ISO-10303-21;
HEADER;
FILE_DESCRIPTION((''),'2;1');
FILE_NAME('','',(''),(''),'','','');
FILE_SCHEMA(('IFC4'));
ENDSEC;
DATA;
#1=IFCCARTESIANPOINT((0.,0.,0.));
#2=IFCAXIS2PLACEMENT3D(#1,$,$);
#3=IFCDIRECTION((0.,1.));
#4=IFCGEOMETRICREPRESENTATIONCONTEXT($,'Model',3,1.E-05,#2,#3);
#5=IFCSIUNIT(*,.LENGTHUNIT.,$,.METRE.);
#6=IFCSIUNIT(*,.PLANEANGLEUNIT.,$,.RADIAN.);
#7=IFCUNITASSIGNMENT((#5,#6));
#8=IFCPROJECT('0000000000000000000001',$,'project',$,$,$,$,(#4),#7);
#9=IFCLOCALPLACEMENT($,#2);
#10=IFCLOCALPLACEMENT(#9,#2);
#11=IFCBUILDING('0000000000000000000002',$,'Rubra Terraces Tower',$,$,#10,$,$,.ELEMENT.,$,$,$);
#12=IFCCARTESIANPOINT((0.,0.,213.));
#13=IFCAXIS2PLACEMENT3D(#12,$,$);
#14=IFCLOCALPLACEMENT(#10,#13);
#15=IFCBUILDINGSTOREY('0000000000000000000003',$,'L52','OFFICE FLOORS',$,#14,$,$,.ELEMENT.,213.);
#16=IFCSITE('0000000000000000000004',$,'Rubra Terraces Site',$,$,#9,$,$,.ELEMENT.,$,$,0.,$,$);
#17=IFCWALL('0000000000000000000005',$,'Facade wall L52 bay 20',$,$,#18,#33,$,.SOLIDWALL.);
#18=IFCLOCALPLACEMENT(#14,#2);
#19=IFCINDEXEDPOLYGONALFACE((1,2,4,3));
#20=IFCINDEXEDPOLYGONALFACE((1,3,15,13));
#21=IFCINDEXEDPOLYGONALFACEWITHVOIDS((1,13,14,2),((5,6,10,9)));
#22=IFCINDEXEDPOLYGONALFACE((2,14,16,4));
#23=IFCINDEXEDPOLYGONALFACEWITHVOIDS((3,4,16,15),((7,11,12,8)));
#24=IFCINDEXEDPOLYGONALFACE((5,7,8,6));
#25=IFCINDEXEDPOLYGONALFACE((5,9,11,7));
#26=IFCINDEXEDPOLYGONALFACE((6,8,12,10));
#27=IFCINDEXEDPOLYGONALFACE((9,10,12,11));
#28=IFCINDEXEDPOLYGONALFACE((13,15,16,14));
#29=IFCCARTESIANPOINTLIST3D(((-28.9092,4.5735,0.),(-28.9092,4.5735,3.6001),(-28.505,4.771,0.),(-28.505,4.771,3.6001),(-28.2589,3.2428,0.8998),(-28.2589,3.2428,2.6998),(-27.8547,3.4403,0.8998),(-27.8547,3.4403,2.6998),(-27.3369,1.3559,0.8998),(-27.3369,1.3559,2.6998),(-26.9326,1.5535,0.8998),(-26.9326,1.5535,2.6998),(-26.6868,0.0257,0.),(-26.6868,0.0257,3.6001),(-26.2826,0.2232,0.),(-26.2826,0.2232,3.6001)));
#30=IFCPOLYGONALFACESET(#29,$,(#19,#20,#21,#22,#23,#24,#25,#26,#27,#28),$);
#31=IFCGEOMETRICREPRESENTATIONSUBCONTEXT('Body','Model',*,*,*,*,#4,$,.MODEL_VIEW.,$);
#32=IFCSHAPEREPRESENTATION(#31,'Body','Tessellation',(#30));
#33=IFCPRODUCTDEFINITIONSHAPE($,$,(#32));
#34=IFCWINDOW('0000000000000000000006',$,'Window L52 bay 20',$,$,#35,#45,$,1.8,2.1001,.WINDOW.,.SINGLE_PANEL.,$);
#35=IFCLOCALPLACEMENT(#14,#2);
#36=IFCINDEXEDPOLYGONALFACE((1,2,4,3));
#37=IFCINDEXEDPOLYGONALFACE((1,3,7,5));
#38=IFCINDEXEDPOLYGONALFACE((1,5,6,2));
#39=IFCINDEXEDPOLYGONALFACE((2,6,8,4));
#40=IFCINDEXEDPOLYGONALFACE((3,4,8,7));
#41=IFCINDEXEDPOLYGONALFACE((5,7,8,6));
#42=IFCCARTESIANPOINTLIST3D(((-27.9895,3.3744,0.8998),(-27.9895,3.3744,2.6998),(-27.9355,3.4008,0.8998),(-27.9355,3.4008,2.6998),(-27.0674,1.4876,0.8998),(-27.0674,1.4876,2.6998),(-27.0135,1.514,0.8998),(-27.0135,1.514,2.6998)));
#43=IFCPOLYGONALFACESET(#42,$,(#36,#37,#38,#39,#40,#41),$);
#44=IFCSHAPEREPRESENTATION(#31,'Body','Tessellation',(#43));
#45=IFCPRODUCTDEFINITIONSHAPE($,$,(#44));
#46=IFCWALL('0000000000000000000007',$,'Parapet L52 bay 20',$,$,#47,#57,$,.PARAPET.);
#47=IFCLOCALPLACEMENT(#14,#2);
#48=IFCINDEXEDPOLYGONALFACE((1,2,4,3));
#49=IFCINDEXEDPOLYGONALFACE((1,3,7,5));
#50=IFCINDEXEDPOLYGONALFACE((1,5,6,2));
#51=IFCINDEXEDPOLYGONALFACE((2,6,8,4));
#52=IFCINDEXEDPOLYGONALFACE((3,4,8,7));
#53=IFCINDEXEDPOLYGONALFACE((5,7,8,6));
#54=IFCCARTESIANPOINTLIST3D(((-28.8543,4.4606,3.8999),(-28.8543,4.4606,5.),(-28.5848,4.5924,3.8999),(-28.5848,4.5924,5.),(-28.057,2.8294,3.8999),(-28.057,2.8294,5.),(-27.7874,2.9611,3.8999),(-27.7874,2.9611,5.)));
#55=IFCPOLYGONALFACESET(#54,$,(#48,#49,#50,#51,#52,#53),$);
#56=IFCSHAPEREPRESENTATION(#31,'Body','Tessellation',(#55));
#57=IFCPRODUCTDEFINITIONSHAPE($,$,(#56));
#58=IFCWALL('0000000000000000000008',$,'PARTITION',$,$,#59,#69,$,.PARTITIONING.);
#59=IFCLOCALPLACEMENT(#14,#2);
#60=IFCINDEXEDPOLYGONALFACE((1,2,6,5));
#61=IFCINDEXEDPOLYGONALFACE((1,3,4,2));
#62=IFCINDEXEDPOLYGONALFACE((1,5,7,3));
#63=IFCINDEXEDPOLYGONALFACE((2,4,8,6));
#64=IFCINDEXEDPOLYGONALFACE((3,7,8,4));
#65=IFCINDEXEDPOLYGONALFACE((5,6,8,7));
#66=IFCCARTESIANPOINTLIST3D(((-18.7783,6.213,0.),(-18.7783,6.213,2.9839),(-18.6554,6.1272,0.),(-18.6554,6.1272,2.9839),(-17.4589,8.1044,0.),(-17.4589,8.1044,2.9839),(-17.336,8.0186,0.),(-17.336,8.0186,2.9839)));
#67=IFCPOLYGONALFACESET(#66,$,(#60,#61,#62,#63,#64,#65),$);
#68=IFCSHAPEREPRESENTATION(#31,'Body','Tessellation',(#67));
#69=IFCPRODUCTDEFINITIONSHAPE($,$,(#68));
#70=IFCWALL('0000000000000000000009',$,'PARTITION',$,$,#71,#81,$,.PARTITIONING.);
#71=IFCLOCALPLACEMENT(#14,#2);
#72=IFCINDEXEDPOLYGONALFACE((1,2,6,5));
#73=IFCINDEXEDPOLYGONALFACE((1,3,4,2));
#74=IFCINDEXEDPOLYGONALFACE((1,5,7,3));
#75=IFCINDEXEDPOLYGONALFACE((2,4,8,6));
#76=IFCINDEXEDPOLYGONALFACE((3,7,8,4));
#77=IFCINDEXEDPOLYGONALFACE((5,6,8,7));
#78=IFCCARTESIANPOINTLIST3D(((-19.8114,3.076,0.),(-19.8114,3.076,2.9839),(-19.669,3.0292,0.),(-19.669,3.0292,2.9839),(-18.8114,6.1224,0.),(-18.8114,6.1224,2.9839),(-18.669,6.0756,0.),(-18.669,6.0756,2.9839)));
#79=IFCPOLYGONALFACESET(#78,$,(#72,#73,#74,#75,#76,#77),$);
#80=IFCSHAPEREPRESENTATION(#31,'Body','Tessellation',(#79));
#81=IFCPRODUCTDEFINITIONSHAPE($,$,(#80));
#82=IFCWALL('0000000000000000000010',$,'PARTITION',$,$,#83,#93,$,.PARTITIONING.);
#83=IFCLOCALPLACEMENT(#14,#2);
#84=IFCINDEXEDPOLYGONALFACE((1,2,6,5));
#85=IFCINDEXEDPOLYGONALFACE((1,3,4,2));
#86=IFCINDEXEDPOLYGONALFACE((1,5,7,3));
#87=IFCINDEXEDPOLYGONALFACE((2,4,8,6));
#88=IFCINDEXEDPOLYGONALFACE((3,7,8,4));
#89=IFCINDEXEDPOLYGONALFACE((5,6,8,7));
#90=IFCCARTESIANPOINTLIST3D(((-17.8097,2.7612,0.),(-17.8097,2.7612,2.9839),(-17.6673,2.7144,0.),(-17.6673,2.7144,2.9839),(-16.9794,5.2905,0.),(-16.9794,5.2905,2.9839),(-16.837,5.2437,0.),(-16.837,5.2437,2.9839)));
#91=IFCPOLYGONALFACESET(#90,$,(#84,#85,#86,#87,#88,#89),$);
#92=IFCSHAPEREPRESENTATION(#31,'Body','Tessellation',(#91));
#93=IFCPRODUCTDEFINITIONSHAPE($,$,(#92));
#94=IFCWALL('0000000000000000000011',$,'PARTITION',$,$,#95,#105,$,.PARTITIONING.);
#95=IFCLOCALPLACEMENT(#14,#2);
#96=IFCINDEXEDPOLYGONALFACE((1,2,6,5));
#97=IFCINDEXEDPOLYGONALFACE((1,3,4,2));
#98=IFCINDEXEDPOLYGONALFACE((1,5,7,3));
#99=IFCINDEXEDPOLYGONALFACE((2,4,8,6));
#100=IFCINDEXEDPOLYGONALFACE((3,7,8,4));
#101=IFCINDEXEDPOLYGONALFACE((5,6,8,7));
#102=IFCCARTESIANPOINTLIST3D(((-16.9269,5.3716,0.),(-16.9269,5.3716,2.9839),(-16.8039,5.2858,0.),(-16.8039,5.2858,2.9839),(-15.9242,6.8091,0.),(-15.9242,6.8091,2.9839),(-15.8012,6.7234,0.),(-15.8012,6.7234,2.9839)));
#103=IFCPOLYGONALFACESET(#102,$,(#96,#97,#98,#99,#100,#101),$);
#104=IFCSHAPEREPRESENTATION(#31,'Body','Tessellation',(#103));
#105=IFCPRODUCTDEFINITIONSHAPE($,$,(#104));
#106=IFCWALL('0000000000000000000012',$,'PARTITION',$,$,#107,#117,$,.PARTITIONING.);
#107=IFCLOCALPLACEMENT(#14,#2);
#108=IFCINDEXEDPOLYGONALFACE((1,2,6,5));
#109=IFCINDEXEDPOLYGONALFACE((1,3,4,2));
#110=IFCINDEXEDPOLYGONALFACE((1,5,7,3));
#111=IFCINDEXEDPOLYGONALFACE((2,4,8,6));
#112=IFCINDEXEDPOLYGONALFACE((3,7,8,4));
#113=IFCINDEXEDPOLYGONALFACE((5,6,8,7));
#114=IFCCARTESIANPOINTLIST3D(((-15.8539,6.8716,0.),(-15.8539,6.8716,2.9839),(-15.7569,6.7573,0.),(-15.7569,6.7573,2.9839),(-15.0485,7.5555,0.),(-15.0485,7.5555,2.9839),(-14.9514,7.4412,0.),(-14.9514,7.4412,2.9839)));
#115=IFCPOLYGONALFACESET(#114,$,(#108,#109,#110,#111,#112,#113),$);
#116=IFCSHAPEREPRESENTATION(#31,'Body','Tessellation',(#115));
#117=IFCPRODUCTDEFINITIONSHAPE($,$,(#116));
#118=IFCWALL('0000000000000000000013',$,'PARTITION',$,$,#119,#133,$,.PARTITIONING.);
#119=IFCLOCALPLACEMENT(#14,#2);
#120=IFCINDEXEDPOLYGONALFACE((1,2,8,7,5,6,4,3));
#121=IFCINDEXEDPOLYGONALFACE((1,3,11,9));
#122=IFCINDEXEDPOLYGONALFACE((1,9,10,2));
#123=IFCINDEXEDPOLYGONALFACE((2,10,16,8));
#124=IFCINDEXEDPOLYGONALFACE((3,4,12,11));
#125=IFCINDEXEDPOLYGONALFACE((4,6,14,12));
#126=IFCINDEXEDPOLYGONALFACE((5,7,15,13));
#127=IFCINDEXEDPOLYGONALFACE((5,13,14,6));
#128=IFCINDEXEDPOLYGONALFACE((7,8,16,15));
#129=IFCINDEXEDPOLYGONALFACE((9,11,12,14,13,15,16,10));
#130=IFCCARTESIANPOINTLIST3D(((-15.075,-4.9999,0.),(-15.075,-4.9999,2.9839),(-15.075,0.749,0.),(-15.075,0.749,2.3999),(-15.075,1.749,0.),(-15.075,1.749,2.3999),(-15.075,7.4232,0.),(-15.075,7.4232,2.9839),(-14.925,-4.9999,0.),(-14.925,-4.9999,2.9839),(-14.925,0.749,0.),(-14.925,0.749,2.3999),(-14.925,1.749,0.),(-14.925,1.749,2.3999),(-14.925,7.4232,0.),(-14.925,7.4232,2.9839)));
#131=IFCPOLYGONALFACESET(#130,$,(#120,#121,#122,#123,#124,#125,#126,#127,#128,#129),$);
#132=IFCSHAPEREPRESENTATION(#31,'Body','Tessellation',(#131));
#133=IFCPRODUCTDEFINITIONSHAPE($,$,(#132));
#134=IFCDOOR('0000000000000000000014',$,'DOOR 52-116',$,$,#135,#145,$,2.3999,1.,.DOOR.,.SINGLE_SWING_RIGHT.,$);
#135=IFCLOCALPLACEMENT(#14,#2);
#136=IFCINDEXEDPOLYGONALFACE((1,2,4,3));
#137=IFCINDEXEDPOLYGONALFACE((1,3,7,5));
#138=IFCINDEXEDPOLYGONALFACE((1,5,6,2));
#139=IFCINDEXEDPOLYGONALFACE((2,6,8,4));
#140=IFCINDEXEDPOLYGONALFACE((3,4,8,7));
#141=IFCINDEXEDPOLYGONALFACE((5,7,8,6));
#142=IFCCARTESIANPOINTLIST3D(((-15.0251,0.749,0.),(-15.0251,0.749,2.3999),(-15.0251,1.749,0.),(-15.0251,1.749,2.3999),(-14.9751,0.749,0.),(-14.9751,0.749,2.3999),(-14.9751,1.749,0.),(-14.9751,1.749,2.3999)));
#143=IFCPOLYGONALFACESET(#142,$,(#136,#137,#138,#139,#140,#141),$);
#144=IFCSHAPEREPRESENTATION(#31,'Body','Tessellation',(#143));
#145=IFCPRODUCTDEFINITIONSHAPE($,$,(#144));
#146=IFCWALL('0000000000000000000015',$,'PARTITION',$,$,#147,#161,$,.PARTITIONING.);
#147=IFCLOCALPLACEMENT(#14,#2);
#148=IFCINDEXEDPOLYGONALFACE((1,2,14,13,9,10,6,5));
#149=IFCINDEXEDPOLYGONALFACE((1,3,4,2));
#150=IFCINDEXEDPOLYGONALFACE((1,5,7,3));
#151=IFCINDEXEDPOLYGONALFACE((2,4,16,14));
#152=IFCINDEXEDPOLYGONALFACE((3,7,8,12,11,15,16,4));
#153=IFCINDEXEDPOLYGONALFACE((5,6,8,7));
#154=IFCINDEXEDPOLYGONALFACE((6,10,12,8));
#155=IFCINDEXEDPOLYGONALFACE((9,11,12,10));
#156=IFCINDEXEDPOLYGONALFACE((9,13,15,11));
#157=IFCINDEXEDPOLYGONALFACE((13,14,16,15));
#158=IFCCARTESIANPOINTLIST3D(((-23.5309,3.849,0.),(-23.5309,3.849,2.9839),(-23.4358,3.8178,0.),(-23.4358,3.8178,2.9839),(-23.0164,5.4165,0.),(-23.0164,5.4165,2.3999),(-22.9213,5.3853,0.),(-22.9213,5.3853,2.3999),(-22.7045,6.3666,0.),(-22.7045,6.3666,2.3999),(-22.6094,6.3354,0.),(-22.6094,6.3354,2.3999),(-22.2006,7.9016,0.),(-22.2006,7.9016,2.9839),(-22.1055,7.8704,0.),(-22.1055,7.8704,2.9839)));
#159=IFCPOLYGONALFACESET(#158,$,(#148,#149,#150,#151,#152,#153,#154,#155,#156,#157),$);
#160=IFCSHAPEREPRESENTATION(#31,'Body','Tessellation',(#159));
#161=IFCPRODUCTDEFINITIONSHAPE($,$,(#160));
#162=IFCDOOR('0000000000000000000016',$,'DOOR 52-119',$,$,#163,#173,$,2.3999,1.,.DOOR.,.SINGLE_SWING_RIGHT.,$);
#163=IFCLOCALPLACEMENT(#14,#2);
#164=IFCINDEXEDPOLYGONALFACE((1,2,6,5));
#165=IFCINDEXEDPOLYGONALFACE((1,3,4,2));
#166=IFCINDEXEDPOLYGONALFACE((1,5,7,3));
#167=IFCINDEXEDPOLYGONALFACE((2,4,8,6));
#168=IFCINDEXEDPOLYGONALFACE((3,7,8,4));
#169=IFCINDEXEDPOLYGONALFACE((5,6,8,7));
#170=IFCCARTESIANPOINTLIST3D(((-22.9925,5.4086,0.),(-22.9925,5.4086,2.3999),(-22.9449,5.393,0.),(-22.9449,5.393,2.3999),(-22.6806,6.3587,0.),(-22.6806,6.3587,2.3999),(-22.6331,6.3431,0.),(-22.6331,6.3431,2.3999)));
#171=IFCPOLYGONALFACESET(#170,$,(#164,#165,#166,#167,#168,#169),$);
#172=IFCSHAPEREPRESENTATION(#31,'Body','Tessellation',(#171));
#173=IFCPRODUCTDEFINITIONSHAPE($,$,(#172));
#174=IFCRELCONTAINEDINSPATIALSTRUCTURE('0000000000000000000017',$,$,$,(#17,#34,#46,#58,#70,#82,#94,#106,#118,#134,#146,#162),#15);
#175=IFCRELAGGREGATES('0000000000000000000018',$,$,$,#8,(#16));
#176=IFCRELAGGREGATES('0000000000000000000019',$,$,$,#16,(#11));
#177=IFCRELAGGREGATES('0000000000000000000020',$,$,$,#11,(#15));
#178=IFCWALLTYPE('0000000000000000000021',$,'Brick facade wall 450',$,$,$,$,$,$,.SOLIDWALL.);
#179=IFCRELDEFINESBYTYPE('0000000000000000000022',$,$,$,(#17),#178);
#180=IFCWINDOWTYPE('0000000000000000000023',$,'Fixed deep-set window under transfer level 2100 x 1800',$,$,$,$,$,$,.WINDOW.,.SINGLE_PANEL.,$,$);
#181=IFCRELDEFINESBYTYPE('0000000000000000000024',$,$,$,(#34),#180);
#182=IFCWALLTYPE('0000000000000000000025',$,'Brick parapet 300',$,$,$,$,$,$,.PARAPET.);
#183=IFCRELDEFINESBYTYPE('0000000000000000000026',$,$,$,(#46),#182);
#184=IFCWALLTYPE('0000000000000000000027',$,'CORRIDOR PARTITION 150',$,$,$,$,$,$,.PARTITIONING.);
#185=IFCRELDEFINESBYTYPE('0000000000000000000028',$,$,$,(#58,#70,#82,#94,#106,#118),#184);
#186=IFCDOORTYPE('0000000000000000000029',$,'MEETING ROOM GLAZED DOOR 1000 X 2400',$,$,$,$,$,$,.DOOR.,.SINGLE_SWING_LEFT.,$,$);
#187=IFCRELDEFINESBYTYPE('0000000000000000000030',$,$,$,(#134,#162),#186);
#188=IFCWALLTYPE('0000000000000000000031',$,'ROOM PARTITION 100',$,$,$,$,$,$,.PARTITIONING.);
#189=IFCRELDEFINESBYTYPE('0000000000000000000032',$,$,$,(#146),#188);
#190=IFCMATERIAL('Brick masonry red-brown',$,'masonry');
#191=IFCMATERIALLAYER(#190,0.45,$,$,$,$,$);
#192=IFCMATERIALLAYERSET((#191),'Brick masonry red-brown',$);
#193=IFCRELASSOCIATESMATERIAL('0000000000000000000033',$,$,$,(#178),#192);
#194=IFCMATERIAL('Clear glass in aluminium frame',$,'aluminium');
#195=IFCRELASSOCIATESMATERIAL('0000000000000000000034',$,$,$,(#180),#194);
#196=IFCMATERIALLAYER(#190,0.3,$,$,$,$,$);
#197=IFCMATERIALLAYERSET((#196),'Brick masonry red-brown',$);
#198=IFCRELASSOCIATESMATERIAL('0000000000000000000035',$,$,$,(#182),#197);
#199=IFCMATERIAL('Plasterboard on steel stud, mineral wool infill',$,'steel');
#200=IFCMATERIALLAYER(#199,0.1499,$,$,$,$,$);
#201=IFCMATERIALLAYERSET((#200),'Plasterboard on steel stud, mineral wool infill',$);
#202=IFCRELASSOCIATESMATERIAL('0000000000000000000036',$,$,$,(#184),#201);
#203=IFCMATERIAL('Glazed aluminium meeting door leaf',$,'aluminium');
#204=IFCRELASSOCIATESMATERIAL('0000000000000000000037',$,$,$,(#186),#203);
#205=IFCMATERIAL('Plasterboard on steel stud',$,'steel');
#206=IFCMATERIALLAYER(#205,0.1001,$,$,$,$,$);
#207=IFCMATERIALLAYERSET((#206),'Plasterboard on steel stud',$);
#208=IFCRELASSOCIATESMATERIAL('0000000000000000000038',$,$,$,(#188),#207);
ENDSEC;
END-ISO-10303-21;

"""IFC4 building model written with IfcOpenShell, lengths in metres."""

from ifc_helpers import new_model, si_unit, direction, frame, frame_2d, origin, place, context, subcontext, project, spatial, rectangle, extrude, material, layer, layer_set, type_object, element, fill, save


model = new_model("IFC4")

# Units and contexts
model_context = context("Model", 3, precision=1e-05, world=origin(), true_north=direction((0.0, 1.0)))
body_context = subcontext(model_context, "Body", "Model", "MODEL_VIEW")
ifc_project = project(units=[si_unit("LENGTHUNIT", "METRE"), si_unit("PLANEANGLEUNIT", "RADIAN")], contexts=[model_context])

# Site, building, storey
site_placement = place(None, origin())
site = spatial("IfcSite", under=ifc_project, at=site_placement, Name="Rubra Terraces Site", CompositionType="ELEMENT", RefElevation=0.0)
building_placement = place(site_placement, origin())
building = spatial("IfcBuilding", under=site, at=building_placement, Name="Rubra Terraces Tower", CompositionType="ELEMENT")
storey_placement = place(building_placement, frame((0.0, 0.0, 213.0)))
storey = spatial("IfcBuildingStorey", under=building, at=storey_placement, Name="L52", Description="OFFICE FLOORS", CompositionType="ELEMENT", Elevation=213.0)

# Wall, opening, window
ifc_material_1 = material(Name="Brick masonry red-brown", Category="masonry")
ifc_layer_1 = layer(ifc_material_1, 0.45)
ifc_layer_set_1 = layer_set([ifc_layer_1], Name="Brick masonry red-brown")
wall_type_1 = type_object("IfcWallType", Name="Brick facade wall 450", PredefinedType="SOLIDWALL", material=ifc_layer_set_1)
wall_1_placement = place(storey_placement, frame((-28.707, 4.6721, 0.0), z_axis=(0.0, 0.0, 1.0), x_axis=(0.439054, -0.898461, 0.0)))
wall_1 = element("IfcWall", 1, at=wall_1_placement, inside=storey, type_object=wall_type_1, Name="Facade wall L52 bay 20", PredefinedType="SOLIDWALL", context=body_context, shape_type="SweptSolid", body=[
    extrude(rectangle(XDim=5.0618, YDim=0.45, at=frame_2d((2.5308, 0.0))), origin(), (0.0, 0.0, 1.0), 3.6001),
])
opening_1_placement = place(wall_1_placement, frame((1.481, 0.0, 0.8999)))
opening_1 = element("IfcOpeningElement", 2, at=opening_1_placement, cuts=wall_1, PredefinedType="OPENING", context=body_context, shape_type="SweptSolid", body=[
    extrude(rectangle(XDim=2.1001, YDim=1.8, at=frame_2d((1.05, 0.8999))), frame((0.0, 0.2349, 0.0), z_axis=(0.0, -1.0, 0.0), x_axis=(1.0, 0.0, 0.0)), (0.0, 0.0, 1.0), 0.47),
])
ifc_material_2 = material(Name="Clear glass in aluminium frame", Category="aluminium")
window_type = type_object("IfcWindowType", Name="Fixed deep-set window under transfer level 2100 x 1800", PartitioningType="SINGLE_PANEL", PredefinedType="WINDOW", material=ifc_material_2)
window_placement = place(opening_1_placement, origin())
window = element("IfcWindow", 3, at=window_placement, inside=storey, type_object=window_type, Name="Window L52 bay 20", OverallHeight=1.8, OverallWidth=2.1001, PartitioningType="SINGLE_PANEL", PredefinedType="WINDOW", context=body_context, shape_type="SweptSolid", body=[
    extrude(rectangle(XDim=2.1001, YDim=1.8, at=frame_2d((1.05, 0.8999))), frame((0.0, 0.135, 0.0), z_axis=(0.0, -1.0, 0.0), x_axis=(1.0, 0.0, 0.0)), (0.0, 0.0, 1.0), 0.0601),
])
fill(opening_1, window)

# Walls
ifc_layer_2 = layer(ifc_material_1, 0.3)
ifc_layer_set_2 = layer_set([ifc_layer_2], Name="Brick masonry red-brown")
wall_type_2 = type_object("IfcWallType", Name="Brick parapet 300", PredefinedType="PARAPET", material=ifc_layer_set_2)
wall_2_placement = place(storey_placement, frame((-28.7195, 4.5264, 3.8999), z_axis=(0.0, 0.0, 1.0), x_axis=(0.439128, -0.898424, 0.0)))
element("IfcWall", 4, at=wall_2_placement, inside=storey, type_object=wall_type_2, Name="Parapet L52 bay 20", PredefinedType="PARAPET", context=body_context, shape_type="SweptSolid", body=[
    extrude(rectangle(XDim=1.8157, YDim=0.3, at=frame_2d((0.9077, 0.0))), origin(), (0.0, 0.0, 1.0), 1.1001),
])
ifc_material_3 = material(Name="Plasterboard on steel stud, mineral wool infill", Category="steel")
ifc_layer_3 = layer(ifc_material_3, 0.1499)
ifc_layer_set_3 = layer_set([ifc_layer_3], Name="Plasterboard on steel stud, mineral wool infill")
wall_type_3 = type_object("IfcWallType", Name="CORRIDOR PARTITION 150", PredefinedType="PARTITIONING", material=ifc_layer_set_3)
wall_3_placement = place(storey_placement, frame((-17.3975, 8.0615, 0.0), z_axis=(0.0, 0.0, 1.0), x_axis=(-0.572119, -0.820171, 0.0)))
element("IfcWall", 5, at=wall_3_placement, inside=storey, type_object=wall_type_3, Name="PARTITION", PredefinedType="PARTITIONING", context=body_context, shape_type="SweptSolid", body=[
    extrude(rectangle(XDim=2.3062, YDim=0.1499, at=frame_2d((1.1531, 0.0))), origin(), (0.0, 0.0, 1.0), 2.9839),
])
wall_4_placement = place(storey_placement, frame((-18.7402, 6.0989, 0.0), z_axis=(0.0, 0.0, 1.0), x_axis=(-0.311884, -0.95012, 0.0)))
element("IfcWall", 6, at=wall_4_placement, inside=storey, type_object=wall_type_3, Name="PARTITION", PredefinedType="PARTITIONING", context=body_context, shape_type="SweptSolid", body=[
    extrude(rectangle(XDim=3.2063, YDim=0.1499, at=frame_2d((1.603, 0.0))), origin(), (0.0, 0.0, 1.0), 2.9839),
])

# Shared definitions
ifc_material_4 = material(Name="Glazed aluminium meeting door leaf", Category="aluminium")
door_type = type_object("IfcDoorType", Name="MEETING ROOM GLAZED DOOR 1000 X 2400", OperationType="SINGLE_SWING_LEFT", PredefinedType="DOOR", material=ifc_material_4)

# Walls
wall_5_placement = place(storey_placement, frame((-17.7385, 2.7378, 0.0), z_axis=(0.0, 0.0, 1.0), x_axis=(0.311905, 0.950113, 0.0)))
element("IfcWall", 7, at=wall_5_placement, inside=storey, type_object=wall_type_3, Name="PARTITION", PredefinedType="PARTITIONING", context=body_context, shape_type="SweptSolid", body=[
    extrude(rectangle(XDim=2.6621, YDim=0.1499, at=frame_2d((1.3311, 0.0))), origin(), (0.0, 0.0, 1.0), 2.9839),
])
wall_6_placement = place(storey_placement, frame((-16.8655, 5.3286, 0.0), z_axis=(0.0, 0.0, 1.0), x_axis=(0.572097, 0.820186, 0.0)))
element("IfcWall", 8, at=wall_6_placement, inside=storey, type_object=wall_type_3, Name="PARTITION", PredefinedType="PARTITIONING", context=body_context, shape_type="SweptSolid", body=[
    extrude(rectangle(XDim=1.7527, YDim=0.1499, at=frame_2d((0.8765, 0.0))), origin(), (0.0, 0.0, 1.0), 2.9839),
])
wall_7_placement = place(storey_placement, frame((-15.8054, 6.8145, 0.0), z_axis=(0.0, 0.0, 1.0), x_axis=(0.762298, 0.647226, 0.0)))
element("IfcWall", 9, at=wall_7_placement, inside=storey, type_object=wall_type_3, Name="PARTITION", PredefinedType="PARTITIONING", context=body_context, shape_type="SweptSolid", body=[
    extrude(rectangle(XDim=1.0566, YDim=0.1499, at=frame_2d((0.5283, 0.0))), origin(), (0.0, 0.0, 1.0), 2.9839),
])

# Walls, openings, doors
wall_8_placement = place(storey_placement, frame((-15.0, 7.4231, 0.0), z_axis=(0.0, 0.0, 1.0), x_axis=(0.0, -1.0, 0.0)))
wall_8 = element("IfcWall", 10, at=wall_8_placement, inside=storey, type_object=wall_type_3, Name="PARTITION", PredefinedType="PARTITIONING", context=body_context, shape_type="SweptSolid", body=[
    extrude(rectangle(XDim=12.4231, YDim=0.1499, at=frame_2d((6.2114, 0.0))), origin(), (0.0, 0.0, 1.0), 2.9839),
])
opening_2_placement = place(wall_8_placement, frame((5.6741, 0.0, 0.0)))
opening_2 = element("IfcOpeningElement", 11, at=opening_2_placement, cuts=wall_8, PredefinedType="OPENING", context=body_context, shape_type="SweptSolid", body=[
    extrude(rectangle(XDim=1.0, YDim=2.3999, at=frame_2d((0.5, 1.2))), frame((0.0, 0.085, 0.0), z_axis=(0.0, -1.0, 0.0), x_axis=(1.0, 0.0, 0.0)), (0.0, 0.0, 1.0), 0.1699),
])
door_1_placement = place(opening_2_placement, origin())
door_1 = element("IfcDoor", 12, at=door_1_placement, inside=storey, type_object=door_type, Name="DOOR 52-116", OperationType="SINGLE_SWING_RIGHT", OverallHeight=2.3999, OverallWidth=1.0, PredefinedType="DOOR", context=body_context, shape_type="SweptSolid", body=[
    extrude(rectangle(XDim=1.0, YDim=2.3999, at=frame_2d((0.5, 1.2))), frame((0.0, 0.0249, 0.0), z_axis=(0.0, -1.0, 0.0), x_axis=(1.0, 0.0, 0.0)), (0.0, 0.0, 1.0), 0.05),
])
fill(opening_2, door_1)
ifc_material_5 = material(Name="Plasterboard on steel stud", Category="steel")
ifc_layer_4 = layer(ifc_material_5, 0.1001)
ifc_layer_set_4 = layer_set([ifc_layer_4], Name="Plasterboard on steel stud")
wall_type_4 = type_object("IfcWallType", Name="ROOM PARTITION 100", PredefinedType="PARTITIONING", material=ifc_layer_set_4)
wall_9_placement = place(storey_placement, frame((-23.4834, 3.8333, 0.0), z_axis=(0.0, 0.0, 1.0), x_axis=(0.31188, 0.950121, 0.0)))
wall_9 = element("IfcWall", 13, at=wall_9_placement, inside=storey, type_object=wall_type_4, Name="PARTITION", PredefinedType="PARTITIONING", context=body_context, shape_type="SweptSolid", body=[
    extrude(rectangle(XDim=4.2654, YDim=0.1001, at=frame_2d((2.1328, 0.0))), origin(), (0.0, 0.0, 1.0), 2.9839),
])
opening_3_placement = place(wall_9_placement, frame((1.6499, 0.0, 0.0)))
opening_3 = element("IfcOpeningElement", 14, at=opening_3_placement, cuts=wall_9, PredefinedType="OPENING", context=body_context, shape_type="SweptSolid", body=[
    extrude(rectangle(XDim=1.0, YDim=2.3999, at=frame_2d((0.5, 1.2))), frame((0.0, 0.0601, 0.0), z_axis=(0.0, -1.0, 0.0), x_axis=(1.0, 0.0, 0.0)), (0.0, 0.0, 1.0), 0.1201),
])
door_2_placement = place(opening_3_placement, origin())
door_2 = element("IfcDoor", 15, at=door_2_placement, inside=storey, type_object=door_type, Name="DOOR 52-119", OperationType="SINGLE_SWING_RIGHT", OverallHeight=2.3999, OverallWidth=1.0, PredefinedType="DOOR", context=body_context, shape_type="SweptSolid", body=[
    extrude(rectangle(XDim=1.0, YDim=2.3999, at=frame_2d((0.5, 1.2))), frame((0.0, 0.0249, 0.0), z_axis=(0.0, -1.0, 0.0), x_axis=(1.0, 0.0, 0.0)), (0.0, 0.0, 1.0), 0.05),
])
fill(opening_3, door_2)

save(model, "model.ifc")
